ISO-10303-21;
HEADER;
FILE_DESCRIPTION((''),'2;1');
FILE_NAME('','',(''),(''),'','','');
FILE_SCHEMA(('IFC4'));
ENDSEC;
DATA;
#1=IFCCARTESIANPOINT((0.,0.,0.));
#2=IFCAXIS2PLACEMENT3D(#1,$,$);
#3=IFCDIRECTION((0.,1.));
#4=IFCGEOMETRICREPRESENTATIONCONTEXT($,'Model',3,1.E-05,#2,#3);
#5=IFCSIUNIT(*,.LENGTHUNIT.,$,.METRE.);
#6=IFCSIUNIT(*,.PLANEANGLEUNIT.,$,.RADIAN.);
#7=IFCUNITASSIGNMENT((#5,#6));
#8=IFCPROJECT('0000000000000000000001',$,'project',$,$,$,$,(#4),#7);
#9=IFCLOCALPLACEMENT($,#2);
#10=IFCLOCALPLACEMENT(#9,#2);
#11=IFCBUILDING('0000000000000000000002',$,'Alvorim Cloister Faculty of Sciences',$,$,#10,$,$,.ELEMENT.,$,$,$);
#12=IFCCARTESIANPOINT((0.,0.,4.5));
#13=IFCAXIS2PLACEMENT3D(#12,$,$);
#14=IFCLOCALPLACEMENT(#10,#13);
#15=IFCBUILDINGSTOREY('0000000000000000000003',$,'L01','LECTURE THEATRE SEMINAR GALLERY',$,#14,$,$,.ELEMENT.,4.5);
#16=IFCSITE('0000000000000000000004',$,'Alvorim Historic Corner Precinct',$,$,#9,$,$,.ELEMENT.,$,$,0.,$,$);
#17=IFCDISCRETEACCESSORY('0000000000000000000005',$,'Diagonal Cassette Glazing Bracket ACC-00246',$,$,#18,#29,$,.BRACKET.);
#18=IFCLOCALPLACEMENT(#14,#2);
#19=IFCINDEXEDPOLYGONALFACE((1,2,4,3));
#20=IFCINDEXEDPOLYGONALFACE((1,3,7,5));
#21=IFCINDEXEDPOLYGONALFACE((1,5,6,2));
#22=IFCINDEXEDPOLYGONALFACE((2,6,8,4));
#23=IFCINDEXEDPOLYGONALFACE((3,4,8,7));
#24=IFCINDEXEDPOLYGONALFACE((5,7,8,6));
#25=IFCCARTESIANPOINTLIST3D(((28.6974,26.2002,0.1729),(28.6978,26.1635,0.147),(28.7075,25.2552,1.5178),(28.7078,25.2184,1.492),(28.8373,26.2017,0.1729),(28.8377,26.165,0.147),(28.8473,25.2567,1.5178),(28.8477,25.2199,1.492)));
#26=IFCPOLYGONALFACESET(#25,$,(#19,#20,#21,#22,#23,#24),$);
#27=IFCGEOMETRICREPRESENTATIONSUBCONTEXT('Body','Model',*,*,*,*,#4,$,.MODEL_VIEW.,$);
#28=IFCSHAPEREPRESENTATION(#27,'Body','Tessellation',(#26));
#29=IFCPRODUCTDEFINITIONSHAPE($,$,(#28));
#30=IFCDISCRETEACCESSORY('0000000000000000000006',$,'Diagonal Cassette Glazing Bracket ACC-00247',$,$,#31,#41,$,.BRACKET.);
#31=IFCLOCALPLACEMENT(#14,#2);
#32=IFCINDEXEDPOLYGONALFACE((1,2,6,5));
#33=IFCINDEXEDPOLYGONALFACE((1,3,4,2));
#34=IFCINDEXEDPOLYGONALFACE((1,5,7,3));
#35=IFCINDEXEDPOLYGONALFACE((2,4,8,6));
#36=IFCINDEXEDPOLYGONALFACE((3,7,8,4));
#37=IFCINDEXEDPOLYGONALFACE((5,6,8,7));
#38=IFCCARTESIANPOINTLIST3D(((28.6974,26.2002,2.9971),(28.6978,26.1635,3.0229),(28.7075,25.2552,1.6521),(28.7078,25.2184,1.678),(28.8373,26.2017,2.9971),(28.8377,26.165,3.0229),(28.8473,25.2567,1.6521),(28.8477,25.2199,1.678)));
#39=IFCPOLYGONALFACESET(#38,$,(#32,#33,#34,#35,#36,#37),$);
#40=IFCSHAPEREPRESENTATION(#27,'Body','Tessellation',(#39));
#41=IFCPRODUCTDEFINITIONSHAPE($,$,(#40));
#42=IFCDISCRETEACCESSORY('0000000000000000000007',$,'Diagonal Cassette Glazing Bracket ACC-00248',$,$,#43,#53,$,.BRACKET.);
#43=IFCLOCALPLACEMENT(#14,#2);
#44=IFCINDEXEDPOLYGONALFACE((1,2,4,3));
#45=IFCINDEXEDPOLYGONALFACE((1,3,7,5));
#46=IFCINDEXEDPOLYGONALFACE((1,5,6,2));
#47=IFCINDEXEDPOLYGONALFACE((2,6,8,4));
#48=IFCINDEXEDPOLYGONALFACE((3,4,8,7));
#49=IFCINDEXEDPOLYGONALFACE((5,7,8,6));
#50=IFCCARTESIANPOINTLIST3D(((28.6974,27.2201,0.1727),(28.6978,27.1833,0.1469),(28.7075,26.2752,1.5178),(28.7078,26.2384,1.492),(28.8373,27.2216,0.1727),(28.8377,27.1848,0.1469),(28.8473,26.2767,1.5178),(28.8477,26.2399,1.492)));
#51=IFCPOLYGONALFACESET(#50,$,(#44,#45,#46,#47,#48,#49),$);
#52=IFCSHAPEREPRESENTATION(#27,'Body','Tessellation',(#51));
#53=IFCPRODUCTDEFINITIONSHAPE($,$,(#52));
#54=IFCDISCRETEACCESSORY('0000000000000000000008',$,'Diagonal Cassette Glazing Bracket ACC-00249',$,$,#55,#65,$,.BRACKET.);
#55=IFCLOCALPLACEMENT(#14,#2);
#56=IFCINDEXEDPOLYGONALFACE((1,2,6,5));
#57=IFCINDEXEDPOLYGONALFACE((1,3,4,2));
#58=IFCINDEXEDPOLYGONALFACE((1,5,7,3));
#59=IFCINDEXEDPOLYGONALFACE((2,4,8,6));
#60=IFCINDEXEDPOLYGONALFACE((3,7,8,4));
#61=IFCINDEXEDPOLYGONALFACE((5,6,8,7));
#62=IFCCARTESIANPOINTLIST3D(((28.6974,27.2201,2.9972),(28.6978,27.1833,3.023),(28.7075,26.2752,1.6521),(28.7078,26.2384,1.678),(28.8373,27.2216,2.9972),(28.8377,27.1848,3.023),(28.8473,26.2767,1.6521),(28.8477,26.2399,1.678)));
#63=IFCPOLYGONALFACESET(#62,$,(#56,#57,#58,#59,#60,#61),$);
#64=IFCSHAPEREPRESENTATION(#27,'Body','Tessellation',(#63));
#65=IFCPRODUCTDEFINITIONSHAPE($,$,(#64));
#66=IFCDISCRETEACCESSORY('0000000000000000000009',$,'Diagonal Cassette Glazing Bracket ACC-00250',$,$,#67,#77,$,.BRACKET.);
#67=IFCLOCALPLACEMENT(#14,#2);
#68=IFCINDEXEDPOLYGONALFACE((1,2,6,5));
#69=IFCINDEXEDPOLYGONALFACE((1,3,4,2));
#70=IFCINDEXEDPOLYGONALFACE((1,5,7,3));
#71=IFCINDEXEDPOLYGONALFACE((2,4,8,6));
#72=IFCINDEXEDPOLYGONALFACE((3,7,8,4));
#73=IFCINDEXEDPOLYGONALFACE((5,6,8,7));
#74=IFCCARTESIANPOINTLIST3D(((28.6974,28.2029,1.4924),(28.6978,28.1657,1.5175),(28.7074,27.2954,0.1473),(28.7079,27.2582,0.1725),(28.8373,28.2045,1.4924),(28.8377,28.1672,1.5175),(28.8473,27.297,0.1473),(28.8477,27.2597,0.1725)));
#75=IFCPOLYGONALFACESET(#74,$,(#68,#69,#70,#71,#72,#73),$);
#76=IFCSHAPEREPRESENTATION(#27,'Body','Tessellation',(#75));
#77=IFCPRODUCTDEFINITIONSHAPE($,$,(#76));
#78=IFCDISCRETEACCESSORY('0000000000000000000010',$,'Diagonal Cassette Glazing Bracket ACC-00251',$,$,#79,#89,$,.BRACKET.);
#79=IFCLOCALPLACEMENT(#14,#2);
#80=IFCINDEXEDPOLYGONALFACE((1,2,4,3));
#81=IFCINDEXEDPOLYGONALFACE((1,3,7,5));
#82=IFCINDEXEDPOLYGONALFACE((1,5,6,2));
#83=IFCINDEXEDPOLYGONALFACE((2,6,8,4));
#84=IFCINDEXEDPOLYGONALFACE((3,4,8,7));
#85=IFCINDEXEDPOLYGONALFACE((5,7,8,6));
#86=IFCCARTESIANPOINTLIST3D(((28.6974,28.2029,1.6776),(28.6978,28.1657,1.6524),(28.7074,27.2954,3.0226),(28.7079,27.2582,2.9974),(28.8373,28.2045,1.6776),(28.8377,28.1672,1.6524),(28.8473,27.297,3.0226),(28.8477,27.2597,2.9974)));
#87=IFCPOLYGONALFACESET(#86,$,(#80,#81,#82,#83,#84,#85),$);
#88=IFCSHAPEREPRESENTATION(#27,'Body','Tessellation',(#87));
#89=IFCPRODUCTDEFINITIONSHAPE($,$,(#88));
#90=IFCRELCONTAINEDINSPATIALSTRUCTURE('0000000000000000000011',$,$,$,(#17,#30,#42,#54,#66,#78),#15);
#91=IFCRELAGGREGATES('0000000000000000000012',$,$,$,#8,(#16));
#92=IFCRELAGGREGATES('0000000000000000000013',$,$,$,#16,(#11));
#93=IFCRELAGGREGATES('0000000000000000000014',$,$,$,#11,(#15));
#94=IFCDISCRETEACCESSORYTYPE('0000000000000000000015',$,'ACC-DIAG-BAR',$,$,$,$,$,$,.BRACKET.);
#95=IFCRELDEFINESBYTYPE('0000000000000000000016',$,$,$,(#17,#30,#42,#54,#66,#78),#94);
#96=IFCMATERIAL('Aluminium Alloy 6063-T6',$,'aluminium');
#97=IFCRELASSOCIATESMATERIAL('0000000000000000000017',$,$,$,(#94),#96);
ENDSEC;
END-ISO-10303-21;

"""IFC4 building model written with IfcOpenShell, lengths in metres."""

from ifc_helpers import new_model, si_unit, direction, frame, origin, origin_2d, place, context, subcontext, project, spatial, rectangle, extrude, material, type_object, element, save


model = new_model("IFC4")

# Units and contexts
model_context = context("Model", 3, precision=1e-05, world=origin(), true_north=direction((0.0, 1.0)))
body_context = subcontext(model_context, "Body", "Model", "MODEL_VIEW")
ifc_project = project(units=[si_unit("LENGTHUNIT", "METRE"), si_unit("PLANEANGLEUNIT", "RADIAN")], contexts=[model_context])

# Site, building, storey
site_placement = place(None, origin())
site = spatial("IfcSite", under=ifc_project, at=site_placement, Name="Alvorim Historic Corner Precinct", CompositionType="ELEMENT", RefElevation=0.0)
building_placement = place(site_placement, origin())
building = spatial("IfcBuilding", under=site, at=building_placement, Name="Alvorim Cloister Faculty of Sciences", CompositionType="ELEMENT")
storey_placement = place(building_placement, frame((0.0, 0.0, 4.5)))
storey = spatial("IfcBuildingStorey", under=building, at=storey_placement, Name="L01", Description="LECTURE THEATRE SEMINAR GALLERY", CompositionType="ELEMENT", Elevation=4.5)

# Shared definitions
ifc_material_1 = material(Name="Aluminium Alloy 6063-T6", Category="aluminium")

# Discrete accessories
discrete_accessory_type = type_object("IfcDiscreteAccessoryType", Name="ACC-DIAG-BAR", PredefinedType="BRACKET", material=ifc_material_1)
for number, where, z_axis, x_axis, name in (
    (1, (28.7776, 25.2375, 1.5049), (-0.006089, 0.574916, -0.81819), (-0.999944, -0.010591, 0.0), "Diagonal Cassette Glazing Bracket ACC-00246"),
    (2, (28.7776, 25.2375, 1.665), (-0.006089, 0.574916, 0.81819), (-0.999944, -0.010591, 0.0), "Diagonal Cassette Glazing Bracket ACC-00247"),
    (3, (28.7776, 26.2576, 1.5049), (-0.00609, 0.574817, -0.81826), (-0.999944, -0.010594, 0.0), "Diagonal Cassette Glazing Bracket ACC-00248"),
    (4, (28.7776, 26.2576, 1.665), (-0.00609, 0.574817, 0.81826), (-0.999944, -0.010594, 0.0), "Diagonal Cassette Glazing Bracket ACC-00249"),
):
    element("IfcDiscreteAccessory", number, at=place(storey_placement, frame(where, z_axis=z_axis, x_axis=x_axis)), inside=storey, type_object=discrete_accessory_type, Name=name, PredefinedType="BRACKET", context=body_context, shape_type="SweptSolid", body=[
        extrude(rectangle(XDim=0.1399, YDim=0.0449, at=origin_2d()), origin(), (0.0, 0.0, 1.0), 1.6438),
    ])
for number, where, z_axis, x_axis, name in (
    (5, (28.7776, 27.2776, 0.1599), (-0.006169, 0.559299, 0.828943), (-0.999939, -0.01103, 0.0), "Diagonal Cassette Glazing Bracket ACC-00250"),
    (6, (28.7776, 27.2776, 3.01), (-0.006169, 0.559299, -0.828943), (-0.999939, -0.01103, 0.0), "Diagonal Cassette Glazing Bracket ACC-00251"),
):
    element("IfcDiscreteAccessory", number, at=place(storey_placement, frame(where, z_axis=z_axis, x_axis=x_axis)), inside=storey, type_object=discrete_accessory_type, Name=name, PredefinedType="BRACKET", context=body_context, shape_type="SweptSolid", body=[
        extrude(rectangle(XDim=0.1399, YDim=0.0449, at=origin_2d()), origin(), (0.0, 0.0, 1.0), 1.6226),
    ])

save(model, "model.ifc")
